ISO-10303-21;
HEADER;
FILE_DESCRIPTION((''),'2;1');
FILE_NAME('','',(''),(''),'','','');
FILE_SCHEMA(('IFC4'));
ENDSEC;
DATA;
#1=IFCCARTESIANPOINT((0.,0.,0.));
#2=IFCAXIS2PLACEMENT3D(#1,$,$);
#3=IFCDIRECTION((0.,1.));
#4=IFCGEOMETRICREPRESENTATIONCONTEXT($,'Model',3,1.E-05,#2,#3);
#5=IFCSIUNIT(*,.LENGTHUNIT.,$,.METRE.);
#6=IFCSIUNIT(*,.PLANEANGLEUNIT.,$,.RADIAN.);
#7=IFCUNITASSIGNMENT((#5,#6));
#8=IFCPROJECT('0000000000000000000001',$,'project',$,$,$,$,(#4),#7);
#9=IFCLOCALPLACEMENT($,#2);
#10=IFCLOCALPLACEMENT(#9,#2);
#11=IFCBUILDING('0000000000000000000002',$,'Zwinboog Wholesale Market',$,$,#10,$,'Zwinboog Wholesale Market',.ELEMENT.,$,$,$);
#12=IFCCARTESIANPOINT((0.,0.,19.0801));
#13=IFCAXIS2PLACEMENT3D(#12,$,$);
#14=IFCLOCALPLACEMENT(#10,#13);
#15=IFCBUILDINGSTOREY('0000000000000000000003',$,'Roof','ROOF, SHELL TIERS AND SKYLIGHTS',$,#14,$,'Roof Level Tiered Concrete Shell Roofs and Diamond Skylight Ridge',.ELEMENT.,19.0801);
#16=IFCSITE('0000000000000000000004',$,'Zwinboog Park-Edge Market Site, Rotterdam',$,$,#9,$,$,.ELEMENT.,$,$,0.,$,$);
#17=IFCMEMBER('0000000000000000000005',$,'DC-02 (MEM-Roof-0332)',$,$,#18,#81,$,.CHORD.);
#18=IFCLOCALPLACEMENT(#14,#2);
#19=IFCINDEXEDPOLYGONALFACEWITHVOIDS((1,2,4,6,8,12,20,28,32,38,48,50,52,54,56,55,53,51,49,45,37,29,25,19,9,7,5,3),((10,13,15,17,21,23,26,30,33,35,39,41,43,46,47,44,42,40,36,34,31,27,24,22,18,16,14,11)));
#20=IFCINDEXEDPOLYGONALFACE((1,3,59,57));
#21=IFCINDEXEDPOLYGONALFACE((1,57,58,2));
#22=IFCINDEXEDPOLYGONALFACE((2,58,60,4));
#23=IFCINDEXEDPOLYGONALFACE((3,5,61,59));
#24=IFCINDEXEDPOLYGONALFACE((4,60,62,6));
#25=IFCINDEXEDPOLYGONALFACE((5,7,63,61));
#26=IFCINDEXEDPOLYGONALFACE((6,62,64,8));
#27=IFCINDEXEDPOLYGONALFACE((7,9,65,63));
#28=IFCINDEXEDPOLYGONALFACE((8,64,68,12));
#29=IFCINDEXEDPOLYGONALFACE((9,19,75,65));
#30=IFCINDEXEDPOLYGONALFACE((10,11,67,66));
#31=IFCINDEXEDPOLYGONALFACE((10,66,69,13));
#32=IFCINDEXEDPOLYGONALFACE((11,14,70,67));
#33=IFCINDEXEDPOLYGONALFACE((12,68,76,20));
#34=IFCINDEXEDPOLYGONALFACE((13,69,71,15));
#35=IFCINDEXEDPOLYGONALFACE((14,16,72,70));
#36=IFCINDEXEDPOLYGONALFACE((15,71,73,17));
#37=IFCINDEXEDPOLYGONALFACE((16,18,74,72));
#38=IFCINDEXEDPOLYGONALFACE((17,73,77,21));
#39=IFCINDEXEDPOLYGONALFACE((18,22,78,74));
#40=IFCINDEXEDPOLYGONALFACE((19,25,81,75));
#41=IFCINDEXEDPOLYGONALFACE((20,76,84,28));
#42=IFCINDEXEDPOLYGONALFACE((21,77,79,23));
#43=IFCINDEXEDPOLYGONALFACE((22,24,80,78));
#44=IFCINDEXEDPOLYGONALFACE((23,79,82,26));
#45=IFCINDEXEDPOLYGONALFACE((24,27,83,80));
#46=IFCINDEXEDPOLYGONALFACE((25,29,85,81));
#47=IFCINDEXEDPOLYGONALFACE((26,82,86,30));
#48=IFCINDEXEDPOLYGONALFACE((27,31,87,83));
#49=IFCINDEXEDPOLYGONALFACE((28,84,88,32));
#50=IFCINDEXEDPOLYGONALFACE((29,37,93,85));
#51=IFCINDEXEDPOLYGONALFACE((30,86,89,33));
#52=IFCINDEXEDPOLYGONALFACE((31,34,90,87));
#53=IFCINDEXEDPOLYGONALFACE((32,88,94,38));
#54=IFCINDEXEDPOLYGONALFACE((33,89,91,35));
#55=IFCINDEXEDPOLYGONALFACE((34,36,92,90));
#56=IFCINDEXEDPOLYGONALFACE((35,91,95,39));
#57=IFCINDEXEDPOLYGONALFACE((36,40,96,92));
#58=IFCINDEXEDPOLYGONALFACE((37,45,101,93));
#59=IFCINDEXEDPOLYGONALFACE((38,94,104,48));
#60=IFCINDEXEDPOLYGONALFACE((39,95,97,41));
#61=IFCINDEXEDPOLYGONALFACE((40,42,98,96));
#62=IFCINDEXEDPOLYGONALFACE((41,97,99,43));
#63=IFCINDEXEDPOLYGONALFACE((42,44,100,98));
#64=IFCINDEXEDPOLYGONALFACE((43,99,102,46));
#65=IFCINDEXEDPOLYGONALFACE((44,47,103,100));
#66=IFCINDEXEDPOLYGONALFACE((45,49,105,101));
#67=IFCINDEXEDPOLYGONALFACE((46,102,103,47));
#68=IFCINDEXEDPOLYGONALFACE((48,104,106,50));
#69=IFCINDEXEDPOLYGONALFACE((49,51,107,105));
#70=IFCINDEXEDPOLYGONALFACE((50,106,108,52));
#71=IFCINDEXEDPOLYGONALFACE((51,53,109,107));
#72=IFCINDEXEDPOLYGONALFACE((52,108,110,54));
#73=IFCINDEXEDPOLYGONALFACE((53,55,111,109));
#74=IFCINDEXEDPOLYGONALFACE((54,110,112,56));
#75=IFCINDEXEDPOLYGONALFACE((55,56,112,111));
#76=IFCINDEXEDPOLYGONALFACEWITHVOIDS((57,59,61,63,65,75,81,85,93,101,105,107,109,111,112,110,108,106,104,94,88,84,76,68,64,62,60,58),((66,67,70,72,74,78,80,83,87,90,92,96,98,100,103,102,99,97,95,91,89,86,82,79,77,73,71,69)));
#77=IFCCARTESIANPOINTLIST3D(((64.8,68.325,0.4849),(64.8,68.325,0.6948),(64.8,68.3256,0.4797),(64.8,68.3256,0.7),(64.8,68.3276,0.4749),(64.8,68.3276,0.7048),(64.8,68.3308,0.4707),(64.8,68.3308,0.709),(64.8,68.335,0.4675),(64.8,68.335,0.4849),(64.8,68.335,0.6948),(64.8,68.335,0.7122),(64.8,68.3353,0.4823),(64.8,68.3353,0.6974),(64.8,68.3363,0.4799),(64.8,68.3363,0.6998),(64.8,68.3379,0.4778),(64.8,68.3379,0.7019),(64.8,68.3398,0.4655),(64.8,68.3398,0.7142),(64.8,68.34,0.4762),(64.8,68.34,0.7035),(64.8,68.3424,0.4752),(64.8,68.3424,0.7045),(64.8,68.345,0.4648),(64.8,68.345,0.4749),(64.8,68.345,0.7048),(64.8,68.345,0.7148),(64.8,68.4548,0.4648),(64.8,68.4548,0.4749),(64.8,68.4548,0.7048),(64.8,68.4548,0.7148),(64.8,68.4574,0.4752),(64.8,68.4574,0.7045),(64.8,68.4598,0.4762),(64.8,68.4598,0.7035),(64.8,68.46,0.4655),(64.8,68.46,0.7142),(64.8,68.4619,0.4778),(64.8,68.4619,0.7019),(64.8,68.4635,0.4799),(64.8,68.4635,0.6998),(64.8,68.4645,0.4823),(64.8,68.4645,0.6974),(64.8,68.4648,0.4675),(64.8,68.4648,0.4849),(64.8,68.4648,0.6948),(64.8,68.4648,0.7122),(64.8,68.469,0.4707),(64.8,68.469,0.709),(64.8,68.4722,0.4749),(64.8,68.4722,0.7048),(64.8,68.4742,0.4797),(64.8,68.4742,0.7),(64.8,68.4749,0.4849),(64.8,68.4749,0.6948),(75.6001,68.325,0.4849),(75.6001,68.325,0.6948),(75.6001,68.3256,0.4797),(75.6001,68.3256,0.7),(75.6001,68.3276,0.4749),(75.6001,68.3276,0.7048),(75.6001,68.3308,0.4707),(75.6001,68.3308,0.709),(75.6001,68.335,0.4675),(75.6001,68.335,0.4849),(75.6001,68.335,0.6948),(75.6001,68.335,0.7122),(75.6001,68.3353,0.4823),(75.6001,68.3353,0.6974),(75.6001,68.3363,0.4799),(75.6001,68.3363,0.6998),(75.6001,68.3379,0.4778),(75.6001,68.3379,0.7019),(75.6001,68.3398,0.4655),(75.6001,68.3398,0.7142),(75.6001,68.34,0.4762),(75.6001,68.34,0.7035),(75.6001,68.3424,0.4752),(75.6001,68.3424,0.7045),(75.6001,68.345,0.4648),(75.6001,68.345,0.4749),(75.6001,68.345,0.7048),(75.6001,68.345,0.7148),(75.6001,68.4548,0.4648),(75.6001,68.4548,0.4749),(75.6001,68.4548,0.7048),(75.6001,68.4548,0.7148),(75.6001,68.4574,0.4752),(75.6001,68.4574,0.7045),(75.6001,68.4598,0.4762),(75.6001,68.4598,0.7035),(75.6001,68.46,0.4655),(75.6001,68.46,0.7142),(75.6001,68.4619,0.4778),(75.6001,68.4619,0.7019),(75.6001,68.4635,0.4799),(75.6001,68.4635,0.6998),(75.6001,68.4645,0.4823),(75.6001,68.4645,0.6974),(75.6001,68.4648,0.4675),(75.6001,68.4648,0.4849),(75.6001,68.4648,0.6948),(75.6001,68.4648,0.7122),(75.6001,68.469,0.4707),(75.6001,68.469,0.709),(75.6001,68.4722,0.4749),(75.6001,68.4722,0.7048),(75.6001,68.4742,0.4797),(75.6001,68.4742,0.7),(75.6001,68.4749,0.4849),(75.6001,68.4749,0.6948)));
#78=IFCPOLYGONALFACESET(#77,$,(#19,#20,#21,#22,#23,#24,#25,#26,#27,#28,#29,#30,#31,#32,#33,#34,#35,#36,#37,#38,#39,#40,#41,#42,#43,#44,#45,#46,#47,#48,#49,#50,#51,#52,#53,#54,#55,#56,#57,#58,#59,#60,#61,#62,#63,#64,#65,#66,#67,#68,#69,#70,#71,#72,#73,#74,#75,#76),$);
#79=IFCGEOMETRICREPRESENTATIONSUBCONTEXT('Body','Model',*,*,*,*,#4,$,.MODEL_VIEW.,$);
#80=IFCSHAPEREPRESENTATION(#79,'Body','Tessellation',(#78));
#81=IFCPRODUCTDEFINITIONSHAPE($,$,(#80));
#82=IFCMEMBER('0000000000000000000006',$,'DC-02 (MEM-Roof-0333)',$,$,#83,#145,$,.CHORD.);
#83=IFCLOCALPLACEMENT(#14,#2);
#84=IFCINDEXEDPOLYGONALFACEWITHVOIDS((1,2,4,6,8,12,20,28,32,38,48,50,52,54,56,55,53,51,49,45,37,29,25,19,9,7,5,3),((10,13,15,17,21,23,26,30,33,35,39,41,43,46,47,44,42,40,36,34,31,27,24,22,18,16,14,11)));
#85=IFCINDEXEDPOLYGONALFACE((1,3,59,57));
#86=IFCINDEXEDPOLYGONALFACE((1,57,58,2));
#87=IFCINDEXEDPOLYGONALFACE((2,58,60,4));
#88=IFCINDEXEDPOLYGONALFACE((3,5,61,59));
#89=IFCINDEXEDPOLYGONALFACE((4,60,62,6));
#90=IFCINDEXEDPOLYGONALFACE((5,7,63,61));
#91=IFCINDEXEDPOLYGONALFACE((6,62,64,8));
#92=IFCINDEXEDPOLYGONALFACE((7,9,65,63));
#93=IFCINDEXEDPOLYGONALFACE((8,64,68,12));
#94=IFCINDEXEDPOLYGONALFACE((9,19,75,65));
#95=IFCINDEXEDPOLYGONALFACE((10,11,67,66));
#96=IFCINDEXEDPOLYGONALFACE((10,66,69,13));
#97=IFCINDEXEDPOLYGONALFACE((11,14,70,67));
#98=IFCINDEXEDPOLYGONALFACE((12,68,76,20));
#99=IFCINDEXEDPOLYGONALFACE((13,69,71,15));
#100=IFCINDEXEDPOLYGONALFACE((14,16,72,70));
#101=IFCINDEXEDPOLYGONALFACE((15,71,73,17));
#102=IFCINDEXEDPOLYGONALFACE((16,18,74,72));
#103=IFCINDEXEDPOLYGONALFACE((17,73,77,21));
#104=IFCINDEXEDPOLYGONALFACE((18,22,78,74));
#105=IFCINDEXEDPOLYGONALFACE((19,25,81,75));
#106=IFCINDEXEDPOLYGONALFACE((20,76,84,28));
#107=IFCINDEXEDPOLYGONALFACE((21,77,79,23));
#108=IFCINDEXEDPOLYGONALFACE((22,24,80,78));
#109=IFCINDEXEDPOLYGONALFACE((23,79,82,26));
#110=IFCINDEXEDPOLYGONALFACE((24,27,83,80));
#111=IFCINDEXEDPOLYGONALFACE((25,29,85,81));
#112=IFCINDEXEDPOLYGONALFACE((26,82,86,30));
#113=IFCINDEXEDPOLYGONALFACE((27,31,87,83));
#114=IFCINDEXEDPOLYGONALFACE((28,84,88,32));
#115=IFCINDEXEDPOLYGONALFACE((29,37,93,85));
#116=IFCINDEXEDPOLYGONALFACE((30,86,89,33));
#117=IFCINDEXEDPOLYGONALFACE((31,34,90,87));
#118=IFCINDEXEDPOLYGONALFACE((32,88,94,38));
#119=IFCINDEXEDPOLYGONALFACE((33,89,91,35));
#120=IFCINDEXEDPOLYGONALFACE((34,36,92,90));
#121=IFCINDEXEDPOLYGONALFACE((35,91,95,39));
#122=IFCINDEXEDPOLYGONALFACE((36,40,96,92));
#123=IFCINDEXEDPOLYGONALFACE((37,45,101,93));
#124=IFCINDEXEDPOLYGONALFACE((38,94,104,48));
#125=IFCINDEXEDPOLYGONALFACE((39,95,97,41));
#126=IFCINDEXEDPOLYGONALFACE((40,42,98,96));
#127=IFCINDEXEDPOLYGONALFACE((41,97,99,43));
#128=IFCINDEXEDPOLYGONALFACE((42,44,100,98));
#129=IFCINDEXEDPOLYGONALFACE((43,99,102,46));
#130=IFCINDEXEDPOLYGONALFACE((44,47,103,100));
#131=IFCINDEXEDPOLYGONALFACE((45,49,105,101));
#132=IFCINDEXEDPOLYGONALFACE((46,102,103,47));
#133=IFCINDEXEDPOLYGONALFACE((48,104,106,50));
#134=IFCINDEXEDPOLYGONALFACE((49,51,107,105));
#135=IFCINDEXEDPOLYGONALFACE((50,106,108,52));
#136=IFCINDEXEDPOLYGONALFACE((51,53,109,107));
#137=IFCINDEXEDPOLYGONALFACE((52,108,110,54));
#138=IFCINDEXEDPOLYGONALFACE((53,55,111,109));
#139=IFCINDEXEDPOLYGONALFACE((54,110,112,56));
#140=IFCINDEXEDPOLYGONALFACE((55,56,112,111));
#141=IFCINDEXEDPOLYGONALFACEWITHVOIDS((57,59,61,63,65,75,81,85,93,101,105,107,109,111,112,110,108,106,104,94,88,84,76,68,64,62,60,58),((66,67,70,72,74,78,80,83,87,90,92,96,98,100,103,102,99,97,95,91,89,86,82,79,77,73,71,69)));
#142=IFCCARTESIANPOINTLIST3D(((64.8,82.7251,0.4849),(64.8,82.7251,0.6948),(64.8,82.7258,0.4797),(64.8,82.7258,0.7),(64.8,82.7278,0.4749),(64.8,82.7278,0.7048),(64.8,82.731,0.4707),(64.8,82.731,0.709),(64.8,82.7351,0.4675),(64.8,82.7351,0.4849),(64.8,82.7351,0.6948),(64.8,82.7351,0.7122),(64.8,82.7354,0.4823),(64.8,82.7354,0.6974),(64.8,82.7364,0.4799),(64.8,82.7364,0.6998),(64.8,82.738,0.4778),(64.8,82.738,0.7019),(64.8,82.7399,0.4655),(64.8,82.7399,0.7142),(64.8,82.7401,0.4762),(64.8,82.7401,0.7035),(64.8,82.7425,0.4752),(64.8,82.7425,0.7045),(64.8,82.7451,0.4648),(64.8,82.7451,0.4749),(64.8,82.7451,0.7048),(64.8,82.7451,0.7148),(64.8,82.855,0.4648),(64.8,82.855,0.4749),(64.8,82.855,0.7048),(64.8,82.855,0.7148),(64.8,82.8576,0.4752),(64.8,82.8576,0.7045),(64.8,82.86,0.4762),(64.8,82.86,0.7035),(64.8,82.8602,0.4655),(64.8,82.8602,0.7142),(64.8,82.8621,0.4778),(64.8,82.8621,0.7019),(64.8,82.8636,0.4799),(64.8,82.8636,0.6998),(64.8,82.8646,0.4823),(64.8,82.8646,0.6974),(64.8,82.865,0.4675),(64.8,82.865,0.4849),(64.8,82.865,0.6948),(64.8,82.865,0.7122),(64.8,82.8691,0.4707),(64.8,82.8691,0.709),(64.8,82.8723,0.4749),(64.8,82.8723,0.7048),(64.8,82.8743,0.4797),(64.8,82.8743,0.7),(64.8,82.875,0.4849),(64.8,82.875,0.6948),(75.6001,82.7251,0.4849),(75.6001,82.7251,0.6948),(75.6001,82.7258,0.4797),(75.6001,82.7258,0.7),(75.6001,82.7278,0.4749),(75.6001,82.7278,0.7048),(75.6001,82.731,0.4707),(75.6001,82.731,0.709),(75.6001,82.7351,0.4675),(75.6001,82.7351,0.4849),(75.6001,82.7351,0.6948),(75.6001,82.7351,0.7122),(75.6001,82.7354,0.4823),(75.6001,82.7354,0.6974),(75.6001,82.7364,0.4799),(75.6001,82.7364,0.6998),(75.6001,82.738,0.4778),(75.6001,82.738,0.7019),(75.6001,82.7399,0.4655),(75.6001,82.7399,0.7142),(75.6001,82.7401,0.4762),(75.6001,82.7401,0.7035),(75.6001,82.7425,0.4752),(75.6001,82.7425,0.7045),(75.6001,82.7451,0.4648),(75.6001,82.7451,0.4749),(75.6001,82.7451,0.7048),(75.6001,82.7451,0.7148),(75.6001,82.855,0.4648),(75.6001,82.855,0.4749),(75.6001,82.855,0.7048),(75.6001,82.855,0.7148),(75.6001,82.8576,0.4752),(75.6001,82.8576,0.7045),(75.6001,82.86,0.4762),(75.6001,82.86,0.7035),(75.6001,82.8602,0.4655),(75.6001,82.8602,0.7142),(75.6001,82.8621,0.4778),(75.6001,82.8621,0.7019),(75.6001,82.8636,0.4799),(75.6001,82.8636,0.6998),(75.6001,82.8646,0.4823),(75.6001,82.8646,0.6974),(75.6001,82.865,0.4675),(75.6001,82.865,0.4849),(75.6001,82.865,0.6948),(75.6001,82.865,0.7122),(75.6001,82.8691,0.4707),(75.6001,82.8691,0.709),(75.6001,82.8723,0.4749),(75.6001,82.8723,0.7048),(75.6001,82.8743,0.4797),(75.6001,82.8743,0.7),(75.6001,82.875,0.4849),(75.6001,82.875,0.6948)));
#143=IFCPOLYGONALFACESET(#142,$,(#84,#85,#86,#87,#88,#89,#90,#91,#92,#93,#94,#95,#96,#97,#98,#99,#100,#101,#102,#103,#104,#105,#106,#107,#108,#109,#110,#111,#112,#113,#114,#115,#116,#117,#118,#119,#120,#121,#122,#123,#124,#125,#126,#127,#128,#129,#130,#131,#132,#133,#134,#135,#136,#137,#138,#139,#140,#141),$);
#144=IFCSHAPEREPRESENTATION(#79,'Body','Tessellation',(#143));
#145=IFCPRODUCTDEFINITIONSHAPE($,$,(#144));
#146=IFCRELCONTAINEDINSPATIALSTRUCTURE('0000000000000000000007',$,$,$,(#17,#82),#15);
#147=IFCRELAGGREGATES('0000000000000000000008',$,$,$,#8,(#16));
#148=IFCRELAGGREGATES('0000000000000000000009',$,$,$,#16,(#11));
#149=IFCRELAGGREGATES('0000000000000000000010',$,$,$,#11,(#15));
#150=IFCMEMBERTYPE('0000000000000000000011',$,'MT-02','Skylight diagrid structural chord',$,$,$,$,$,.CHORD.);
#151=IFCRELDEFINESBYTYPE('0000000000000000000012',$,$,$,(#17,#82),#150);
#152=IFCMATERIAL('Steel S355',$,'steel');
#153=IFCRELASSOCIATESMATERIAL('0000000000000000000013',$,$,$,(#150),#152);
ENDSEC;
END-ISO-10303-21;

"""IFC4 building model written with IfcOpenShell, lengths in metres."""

from ifc_helpers import new_model, si_unit, direction, frame, origin, origin_2d, place, context, subcontext, project, spatial, hollow_rectangle, extrude, material, material_profile, profile_set, type_object, element, save


model = new_model("IFC4")

# Units and contexts
model_context = context("Model", 3, precision=1e-05, world=origin(), true_north=direction((0.0, 1.0)))
body_context = subcontext(model_context, "Body", "Model", "MODEL_VIEW")
ifc_project = project(units=[si_unit("LENGTHUNIT", "METRE"), si_unit("PLANEANGLEUNIT", "RADIAN")], contexts=[model_context])

# Site, building, storey
site_placement = place(None, origin())
site = spatial("IfcSite", under=ifc_project, at=site_placement, Name="Zwinboog Park-Edge Market Site, Rotterdam", CompositionType="ELEMENT", RefElevation=0.0)
building_placement = place(site_placement, origin())
building = spatial("IfcBuilding", under=site, at=building_placement, Name="Zwinboog Wholesale Market", LongName="Zwinboog Wholesale Market", CompositionType="ELEMENT")
storey_placement = place(building_placement, frame((0.0, 0.0, 19.0801)))
storey = spatial("IfcBuildingStorey", under=building, at=storey_placement, Name="Roof", Description="ROOF, SHELL TIERS AND SKYLIGHTS", LongName="Roof Level Tiered Concrete Shell Roofs and Diamond Skylight Ridge", CompositionType="ELEMENT", Elevation=19.0801)

# Members
ifc_material_1 = material(Name="Steel S355", Category="steel")
ifc_material_profile_1 = material_profile(ifc_material_1, hollow_rectangle(XDim=0.1499, YDim=0.25, WallThickness=0.01, InnerFilletRadius=0.01, OuterFilletRadius=0.02, at=origin_2d()), Name="RHS 250x150x10")
ifc_profile_set_1 = profile_set([ifc_material_profile_1], Name="Steel S355")
member_type_1 = type_object("IfcMemberType", Name="MT-02", Description="Skylight diagrid structural chord", PredefinedType="CHORD", material=ifc_profile_set_1)
for number, where, z_axis, x_axis, name in (
    (1, (64.8, 68.3999, 0.5898), (1.0, 0.0, 0.0), (0.0, 1.0, 0.0), "DC-02 (MEM-Roof-0332)"),
    (2, (64.8, 82.8, 0.5898), (1.0, 0.0, 0.0), (0.0, 1.0, 0.0), "DC-02 (MEM-Roof-0333)"),
):
    element("IfcMember", number, at=place(storey_placement, frame(where, z_axis=z_axis, x_axis=x_axis)), inside=storey, type_object=member_type_1, Name=name, PredefinedType="CHORD", context=body_context, shape_type="SweptSolid", body=[
        extrude(hollow_rectangle(XDim=0.1499, YDim=0.25, WallThickness=0.01, InnerFilletRadius=0.01, OuterFilletRadius=0.02, at=origin_2d()), origin(), (0.0, 0.0, 1.0), 10.8),
    ])

save(model, "model.ifc")
